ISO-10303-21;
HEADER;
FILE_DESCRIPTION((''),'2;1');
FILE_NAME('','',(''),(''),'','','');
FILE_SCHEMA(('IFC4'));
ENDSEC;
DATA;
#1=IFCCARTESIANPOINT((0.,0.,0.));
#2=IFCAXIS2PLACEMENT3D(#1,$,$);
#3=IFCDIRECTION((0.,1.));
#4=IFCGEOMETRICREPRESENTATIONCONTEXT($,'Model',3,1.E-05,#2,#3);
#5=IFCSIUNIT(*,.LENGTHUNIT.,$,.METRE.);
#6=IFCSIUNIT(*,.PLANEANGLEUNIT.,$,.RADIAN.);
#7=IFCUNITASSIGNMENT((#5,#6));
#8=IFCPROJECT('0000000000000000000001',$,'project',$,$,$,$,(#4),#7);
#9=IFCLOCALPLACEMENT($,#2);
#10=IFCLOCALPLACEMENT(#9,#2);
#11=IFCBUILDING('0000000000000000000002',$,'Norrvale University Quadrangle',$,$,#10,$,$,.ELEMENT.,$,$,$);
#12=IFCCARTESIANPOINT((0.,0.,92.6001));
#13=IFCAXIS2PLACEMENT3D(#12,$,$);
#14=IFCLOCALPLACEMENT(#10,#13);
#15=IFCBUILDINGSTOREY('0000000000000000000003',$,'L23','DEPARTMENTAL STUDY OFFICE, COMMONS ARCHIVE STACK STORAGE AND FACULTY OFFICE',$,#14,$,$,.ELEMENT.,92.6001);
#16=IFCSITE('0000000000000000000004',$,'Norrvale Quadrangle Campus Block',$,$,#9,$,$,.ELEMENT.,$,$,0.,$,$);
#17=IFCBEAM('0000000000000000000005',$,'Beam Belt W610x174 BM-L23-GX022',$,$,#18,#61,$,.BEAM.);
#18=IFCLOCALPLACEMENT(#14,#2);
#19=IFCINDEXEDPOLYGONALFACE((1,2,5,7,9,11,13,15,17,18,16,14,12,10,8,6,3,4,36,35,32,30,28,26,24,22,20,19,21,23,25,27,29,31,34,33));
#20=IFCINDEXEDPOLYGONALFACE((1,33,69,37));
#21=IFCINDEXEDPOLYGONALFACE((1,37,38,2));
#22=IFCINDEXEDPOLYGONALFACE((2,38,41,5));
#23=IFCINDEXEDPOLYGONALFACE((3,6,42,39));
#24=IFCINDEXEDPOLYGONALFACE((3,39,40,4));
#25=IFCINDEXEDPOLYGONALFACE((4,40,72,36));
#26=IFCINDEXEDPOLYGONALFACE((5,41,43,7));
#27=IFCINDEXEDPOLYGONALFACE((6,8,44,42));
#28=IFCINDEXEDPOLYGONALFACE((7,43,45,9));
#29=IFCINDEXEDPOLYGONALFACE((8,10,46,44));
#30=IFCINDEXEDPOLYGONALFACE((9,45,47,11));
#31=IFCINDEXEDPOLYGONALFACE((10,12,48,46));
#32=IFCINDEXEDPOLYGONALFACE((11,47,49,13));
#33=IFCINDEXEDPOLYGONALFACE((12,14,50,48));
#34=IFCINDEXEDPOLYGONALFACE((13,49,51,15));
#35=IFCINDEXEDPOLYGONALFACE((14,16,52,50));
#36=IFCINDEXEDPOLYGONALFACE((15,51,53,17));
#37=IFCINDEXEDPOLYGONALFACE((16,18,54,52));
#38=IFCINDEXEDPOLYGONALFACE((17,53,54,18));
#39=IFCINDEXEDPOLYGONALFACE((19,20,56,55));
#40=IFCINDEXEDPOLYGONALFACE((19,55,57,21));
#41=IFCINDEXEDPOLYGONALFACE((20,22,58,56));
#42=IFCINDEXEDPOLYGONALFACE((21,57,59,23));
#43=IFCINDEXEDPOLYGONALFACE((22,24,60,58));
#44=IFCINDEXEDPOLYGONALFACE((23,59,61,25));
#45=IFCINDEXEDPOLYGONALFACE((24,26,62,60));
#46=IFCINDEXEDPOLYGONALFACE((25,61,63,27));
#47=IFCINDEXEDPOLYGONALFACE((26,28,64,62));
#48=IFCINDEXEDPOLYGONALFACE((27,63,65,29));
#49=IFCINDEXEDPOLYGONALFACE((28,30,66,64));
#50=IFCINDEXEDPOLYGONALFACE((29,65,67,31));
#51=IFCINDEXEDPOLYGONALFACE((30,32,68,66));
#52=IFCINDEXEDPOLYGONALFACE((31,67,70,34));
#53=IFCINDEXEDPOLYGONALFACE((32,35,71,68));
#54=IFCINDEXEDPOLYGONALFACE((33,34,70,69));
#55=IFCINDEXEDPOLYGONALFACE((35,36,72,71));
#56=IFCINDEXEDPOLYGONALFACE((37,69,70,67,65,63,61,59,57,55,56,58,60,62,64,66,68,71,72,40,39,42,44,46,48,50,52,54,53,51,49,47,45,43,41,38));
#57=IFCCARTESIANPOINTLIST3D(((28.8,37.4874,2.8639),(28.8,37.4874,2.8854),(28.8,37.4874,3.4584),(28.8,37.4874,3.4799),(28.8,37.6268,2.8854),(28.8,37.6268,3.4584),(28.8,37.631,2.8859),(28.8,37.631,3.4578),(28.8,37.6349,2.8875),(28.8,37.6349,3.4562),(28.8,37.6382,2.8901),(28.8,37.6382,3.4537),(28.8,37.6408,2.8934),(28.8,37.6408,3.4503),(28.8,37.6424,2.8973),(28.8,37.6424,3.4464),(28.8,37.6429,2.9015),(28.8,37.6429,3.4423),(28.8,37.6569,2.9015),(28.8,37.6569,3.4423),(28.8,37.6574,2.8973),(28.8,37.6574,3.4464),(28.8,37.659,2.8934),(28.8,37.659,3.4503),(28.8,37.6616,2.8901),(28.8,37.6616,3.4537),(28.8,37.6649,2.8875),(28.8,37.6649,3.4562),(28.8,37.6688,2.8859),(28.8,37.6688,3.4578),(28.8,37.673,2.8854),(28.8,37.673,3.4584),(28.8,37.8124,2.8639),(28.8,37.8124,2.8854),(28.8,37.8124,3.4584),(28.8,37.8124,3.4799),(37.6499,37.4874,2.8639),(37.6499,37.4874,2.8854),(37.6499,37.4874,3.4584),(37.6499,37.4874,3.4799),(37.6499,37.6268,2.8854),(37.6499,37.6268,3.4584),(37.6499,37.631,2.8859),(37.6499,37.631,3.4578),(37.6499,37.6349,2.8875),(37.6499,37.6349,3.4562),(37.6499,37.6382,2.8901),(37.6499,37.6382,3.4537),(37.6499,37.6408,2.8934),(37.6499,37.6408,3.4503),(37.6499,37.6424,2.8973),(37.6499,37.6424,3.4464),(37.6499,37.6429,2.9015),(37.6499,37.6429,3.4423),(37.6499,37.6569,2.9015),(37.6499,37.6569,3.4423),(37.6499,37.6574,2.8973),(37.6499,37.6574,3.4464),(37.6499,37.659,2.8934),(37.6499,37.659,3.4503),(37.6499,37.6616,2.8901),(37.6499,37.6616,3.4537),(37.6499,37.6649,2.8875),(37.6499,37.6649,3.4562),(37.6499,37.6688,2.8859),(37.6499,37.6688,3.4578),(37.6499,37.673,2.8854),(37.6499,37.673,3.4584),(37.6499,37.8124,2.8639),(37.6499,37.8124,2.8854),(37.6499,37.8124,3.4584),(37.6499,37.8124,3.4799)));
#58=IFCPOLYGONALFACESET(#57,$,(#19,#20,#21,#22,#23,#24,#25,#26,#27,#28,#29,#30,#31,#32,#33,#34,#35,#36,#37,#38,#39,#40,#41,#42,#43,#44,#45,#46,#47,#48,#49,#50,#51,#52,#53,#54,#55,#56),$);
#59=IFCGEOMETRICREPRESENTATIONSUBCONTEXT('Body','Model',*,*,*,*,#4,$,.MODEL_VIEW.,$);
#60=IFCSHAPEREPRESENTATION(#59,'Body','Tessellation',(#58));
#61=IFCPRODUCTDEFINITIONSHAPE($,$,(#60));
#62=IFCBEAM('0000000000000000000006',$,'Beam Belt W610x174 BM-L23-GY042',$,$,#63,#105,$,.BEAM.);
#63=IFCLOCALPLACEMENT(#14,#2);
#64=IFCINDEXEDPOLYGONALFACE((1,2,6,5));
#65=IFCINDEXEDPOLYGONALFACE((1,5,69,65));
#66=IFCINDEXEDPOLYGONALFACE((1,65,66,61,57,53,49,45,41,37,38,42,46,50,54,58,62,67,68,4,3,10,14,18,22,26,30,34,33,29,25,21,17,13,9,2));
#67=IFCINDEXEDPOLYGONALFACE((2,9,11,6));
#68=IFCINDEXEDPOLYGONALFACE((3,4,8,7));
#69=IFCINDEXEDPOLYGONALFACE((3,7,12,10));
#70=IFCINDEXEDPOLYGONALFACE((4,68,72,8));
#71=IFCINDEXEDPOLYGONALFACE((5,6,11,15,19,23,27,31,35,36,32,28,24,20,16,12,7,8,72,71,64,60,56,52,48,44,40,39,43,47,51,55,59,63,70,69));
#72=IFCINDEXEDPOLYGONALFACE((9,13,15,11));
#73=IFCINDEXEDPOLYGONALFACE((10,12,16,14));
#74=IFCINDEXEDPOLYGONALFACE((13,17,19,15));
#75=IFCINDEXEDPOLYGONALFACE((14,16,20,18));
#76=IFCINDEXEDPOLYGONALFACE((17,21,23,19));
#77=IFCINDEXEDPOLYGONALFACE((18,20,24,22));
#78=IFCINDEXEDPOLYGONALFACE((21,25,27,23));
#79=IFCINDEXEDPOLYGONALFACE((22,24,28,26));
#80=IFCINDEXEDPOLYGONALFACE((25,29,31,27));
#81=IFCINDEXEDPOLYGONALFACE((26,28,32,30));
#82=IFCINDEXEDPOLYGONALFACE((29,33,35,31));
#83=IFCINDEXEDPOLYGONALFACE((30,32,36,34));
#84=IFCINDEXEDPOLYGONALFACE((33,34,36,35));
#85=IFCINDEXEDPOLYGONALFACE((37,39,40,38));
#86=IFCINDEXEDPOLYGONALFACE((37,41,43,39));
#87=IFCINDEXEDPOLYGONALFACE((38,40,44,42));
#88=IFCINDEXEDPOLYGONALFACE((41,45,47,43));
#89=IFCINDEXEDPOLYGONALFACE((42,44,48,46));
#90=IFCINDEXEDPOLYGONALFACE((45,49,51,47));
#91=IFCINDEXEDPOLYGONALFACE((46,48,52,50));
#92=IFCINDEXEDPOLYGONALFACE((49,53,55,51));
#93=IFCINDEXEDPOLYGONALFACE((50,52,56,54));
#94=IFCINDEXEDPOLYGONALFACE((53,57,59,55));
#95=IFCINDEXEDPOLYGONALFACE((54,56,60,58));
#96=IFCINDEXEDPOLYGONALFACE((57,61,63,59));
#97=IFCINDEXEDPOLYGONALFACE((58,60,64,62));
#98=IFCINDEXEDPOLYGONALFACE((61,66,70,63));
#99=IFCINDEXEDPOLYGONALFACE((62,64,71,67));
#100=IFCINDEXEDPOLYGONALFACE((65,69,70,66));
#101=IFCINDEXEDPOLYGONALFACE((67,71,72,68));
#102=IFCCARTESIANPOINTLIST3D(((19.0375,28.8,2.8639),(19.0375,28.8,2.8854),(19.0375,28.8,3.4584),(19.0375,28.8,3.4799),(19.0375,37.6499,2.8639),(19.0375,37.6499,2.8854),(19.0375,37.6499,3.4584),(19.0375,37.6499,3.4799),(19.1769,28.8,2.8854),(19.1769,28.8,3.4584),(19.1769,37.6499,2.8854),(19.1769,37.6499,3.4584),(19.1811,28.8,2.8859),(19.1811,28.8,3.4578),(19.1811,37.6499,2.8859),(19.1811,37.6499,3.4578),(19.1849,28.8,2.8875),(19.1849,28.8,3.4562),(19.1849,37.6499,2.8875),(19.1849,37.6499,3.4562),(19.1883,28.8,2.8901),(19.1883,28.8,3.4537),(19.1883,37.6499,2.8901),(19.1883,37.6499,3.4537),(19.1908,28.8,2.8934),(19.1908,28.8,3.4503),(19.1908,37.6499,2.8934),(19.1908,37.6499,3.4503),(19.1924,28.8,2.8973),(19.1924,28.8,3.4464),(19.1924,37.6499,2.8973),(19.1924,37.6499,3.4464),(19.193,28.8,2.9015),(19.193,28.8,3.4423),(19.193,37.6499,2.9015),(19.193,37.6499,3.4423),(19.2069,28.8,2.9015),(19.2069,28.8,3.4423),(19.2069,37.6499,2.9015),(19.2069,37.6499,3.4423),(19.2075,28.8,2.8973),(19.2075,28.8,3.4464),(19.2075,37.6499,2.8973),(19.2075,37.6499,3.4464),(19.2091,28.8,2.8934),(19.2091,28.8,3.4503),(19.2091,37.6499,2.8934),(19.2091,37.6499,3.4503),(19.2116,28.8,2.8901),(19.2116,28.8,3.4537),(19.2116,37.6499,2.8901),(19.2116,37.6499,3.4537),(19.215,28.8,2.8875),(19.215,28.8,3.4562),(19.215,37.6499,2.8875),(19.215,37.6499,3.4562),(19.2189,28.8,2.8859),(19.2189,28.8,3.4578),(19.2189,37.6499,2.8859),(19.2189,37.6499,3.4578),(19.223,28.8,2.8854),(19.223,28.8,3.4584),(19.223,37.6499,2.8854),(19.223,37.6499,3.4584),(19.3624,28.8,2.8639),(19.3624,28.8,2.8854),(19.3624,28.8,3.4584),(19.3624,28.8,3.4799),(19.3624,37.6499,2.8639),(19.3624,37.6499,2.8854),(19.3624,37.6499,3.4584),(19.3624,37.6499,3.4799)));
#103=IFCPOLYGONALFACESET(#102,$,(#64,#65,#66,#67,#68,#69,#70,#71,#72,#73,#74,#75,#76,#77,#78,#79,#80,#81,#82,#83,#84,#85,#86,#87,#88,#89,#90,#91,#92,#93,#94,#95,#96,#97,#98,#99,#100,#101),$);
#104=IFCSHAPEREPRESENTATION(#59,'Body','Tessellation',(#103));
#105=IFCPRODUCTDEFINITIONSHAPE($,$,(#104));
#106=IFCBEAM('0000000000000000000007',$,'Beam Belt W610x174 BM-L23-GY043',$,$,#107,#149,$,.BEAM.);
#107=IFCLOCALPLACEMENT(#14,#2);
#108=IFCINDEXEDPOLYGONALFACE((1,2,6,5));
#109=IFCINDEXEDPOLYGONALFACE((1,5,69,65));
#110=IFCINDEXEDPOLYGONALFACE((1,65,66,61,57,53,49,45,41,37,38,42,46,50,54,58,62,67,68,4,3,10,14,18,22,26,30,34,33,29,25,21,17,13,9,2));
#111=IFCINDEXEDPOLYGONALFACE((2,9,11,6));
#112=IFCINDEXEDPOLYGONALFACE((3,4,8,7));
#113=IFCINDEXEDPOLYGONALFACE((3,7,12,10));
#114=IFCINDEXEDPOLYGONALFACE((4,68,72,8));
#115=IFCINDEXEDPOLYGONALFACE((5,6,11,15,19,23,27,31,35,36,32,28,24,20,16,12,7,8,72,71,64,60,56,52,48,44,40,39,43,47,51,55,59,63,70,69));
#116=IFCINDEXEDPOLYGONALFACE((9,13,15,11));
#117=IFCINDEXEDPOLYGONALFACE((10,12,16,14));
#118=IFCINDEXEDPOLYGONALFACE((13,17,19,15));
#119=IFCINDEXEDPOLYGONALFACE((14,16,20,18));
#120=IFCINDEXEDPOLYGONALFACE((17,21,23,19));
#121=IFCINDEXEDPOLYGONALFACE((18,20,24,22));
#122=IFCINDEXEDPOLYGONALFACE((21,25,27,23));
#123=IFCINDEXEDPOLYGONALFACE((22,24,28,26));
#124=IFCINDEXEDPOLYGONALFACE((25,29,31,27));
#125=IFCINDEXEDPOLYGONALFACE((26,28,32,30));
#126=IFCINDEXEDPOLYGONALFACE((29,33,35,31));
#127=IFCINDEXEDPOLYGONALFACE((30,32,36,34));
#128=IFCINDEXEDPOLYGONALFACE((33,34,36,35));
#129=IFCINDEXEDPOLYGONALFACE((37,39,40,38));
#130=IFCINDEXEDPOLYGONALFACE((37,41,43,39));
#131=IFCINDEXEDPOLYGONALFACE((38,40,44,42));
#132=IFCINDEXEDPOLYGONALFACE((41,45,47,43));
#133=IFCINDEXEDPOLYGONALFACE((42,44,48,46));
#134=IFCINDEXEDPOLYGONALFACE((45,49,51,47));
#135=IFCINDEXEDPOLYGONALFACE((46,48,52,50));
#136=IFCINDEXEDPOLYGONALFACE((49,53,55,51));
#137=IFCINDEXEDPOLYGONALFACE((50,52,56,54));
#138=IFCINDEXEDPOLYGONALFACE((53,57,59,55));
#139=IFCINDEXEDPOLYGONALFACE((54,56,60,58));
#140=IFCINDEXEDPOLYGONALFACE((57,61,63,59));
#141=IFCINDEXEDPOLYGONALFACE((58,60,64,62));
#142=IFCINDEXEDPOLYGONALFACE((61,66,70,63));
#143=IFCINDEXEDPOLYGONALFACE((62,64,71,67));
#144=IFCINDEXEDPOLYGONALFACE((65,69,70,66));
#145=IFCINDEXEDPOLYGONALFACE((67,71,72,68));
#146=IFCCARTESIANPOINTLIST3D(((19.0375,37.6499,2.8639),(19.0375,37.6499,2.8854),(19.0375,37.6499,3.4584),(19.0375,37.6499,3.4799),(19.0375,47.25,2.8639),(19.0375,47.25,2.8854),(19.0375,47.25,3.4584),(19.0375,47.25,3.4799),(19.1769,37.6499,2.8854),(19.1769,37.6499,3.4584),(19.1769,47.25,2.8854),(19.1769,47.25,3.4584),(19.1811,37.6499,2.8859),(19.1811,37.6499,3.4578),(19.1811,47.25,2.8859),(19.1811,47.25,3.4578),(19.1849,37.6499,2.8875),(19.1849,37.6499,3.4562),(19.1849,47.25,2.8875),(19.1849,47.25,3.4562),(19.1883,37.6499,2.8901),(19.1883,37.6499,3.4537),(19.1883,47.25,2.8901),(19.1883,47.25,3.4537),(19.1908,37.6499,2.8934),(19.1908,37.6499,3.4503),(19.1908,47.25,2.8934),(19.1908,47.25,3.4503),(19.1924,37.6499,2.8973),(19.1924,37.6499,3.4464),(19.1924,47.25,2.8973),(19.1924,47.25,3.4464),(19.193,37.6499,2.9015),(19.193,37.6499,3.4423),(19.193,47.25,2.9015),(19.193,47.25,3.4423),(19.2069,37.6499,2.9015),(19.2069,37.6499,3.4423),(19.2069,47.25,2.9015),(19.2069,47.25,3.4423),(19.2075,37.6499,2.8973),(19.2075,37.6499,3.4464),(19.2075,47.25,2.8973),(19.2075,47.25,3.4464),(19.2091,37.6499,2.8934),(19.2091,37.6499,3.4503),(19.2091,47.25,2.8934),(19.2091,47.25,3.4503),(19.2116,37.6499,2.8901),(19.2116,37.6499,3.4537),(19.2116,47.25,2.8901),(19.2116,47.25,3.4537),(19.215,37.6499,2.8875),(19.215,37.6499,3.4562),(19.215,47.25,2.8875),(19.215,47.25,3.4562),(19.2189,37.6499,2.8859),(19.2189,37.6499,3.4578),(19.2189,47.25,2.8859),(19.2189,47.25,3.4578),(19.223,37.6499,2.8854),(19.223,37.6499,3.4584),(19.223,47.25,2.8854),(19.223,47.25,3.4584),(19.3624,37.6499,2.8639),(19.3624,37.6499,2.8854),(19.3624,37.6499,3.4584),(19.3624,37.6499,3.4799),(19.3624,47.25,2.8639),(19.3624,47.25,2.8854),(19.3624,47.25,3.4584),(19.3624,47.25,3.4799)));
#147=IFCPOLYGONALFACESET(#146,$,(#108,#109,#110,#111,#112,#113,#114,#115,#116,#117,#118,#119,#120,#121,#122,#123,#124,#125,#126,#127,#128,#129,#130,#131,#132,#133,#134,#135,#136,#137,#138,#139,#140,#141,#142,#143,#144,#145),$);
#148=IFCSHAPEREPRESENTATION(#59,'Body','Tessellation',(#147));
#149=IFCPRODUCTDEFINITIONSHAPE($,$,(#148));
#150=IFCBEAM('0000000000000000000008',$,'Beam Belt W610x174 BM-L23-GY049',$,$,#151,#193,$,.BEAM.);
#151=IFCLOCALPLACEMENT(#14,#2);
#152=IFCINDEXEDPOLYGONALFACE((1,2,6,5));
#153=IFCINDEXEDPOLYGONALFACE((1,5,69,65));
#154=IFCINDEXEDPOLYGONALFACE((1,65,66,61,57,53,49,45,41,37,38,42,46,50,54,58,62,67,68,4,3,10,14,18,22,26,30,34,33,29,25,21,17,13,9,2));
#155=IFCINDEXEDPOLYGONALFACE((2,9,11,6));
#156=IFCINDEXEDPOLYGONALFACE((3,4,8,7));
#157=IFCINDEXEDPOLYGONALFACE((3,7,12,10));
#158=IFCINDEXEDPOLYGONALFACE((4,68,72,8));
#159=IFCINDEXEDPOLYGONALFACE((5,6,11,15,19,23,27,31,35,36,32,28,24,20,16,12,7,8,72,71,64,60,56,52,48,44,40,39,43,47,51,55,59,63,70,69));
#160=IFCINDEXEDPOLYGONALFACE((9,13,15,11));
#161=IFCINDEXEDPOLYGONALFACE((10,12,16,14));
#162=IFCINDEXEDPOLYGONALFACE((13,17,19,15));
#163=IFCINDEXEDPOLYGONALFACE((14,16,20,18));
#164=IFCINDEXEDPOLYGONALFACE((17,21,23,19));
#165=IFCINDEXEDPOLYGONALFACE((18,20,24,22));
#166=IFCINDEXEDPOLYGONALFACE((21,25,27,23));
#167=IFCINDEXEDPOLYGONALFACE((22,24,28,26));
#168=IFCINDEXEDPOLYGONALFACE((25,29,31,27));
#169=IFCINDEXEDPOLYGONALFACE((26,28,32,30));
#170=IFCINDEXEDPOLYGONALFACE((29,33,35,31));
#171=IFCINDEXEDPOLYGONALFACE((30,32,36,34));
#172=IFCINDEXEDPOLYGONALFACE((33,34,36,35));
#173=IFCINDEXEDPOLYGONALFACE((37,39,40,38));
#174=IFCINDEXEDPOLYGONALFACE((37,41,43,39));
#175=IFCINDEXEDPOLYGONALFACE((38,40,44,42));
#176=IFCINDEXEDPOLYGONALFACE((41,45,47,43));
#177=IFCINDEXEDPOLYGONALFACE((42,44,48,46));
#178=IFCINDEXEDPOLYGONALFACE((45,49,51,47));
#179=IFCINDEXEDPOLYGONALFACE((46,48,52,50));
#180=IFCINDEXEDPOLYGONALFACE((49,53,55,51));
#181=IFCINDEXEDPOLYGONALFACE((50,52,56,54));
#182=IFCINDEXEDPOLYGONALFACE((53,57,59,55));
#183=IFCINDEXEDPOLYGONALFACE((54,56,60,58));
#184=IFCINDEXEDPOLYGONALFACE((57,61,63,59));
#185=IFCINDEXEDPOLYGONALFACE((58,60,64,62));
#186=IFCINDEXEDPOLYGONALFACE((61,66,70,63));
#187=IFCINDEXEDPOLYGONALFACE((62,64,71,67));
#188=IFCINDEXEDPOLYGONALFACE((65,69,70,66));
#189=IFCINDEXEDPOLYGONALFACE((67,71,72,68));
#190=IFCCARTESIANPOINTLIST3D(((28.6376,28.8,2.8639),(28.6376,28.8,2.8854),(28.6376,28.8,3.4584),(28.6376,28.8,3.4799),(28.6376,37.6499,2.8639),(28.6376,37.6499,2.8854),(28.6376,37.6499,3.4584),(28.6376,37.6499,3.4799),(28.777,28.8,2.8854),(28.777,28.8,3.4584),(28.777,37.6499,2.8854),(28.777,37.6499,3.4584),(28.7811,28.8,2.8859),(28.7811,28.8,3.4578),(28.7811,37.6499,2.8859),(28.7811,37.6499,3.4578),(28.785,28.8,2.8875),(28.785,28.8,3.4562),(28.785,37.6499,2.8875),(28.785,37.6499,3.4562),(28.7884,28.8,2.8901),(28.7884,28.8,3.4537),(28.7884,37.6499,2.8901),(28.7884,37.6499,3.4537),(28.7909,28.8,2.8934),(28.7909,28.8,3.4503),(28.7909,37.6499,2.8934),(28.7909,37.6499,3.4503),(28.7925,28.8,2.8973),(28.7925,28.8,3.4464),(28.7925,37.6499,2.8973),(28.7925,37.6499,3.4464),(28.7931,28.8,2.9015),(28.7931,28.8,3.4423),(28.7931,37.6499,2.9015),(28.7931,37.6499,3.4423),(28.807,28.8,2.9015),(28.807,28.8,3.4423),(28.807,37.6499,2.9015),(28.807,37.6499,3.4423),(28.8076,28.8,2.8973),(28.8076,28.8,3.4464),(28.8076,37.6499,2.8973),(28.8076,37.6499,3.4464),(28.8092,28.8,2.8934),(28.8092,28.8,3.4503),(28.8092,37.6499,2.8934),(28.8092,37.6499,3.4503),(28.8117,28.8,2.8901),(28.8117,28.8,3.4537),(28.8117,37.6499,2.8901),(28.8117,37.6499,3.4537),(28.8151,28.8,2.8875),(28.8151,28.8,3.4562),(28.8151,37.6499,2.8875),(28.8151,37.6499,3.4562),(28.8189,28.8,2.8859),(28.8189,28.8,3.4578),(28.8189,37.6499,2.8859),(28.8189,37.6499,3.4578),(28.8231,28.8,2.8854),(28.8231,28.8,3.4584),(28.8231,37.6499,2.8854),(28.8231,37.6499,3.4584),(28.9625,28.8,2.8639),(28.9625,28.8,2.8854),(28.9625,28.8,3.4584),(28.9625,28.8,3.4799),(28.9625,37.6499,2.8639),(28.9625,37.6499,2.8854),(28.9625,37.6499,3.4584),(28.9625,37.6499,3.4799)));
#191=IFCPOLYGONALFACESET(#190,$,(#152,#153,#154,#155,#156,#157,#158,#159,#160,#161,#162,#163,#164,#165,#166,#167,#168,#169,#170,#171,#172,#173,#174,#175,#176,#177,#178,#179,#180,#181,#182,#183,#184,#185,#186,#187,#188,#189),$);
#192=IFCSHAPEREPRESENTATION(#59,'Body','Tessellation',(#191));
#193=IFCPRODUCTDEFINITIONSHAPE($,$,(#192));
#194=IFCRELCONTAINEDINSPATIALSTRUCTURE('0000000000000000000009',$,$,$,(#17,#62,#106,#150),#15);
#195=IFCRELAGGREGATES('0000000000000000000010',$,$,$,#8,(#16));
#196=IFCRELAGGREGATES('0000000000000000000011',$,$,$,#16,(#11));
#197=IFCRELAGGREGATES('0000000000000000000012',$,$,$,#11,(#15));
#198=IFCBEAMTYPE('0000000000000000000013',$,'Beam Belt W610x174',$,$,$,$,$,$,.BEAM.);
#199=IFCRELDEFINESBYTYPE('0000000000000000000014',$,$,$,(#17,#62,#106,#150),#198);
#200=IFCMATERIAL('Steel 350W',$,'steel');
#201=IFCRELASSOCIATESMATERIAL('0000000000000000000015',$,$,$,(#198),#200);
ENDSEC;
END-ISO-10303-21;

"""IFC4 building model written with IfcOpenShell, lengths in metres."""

from ifc_helpers import new_model, si_unit, direction, frame, origin, origin_2d, place, context, subcontext, project, spatial, i_section, extrude, material, material_profile, profile_set, type_object, element, save


model = new_model("IFC4")

# Units and contexts
model_context = context("Model", 3, precision=1e-05, world=origin(), true_north=direction((0.0, 1.0)))
body_context = subcontext(model_context, "Body", "Model", "MODEL_VIEW")
ifc_project = project(units=[si_unit("LENGTHUNIT", "METRE"), si_unit("PLANEANGLEUNIT", "RADIAN")], contexts=[model_context])

# Site, building, storey
site_placement = place(None, origin())
site = spatial("IfcSite", under=ifc_project, at=site_placement, Name="Norrvale Quadrangle Campus Block", CompositionType="ELEMENT", RefElevation=0.0)
building_placement = place(site_placement, origin())
building = spatial("IfcBuilding", under=site, at=building_placement, Name="Norrvale University Quadrangle", CompositionType="ELEMENT")
storey_placement = place(building_placement, frame((0.0, 0.0, 92.6001)))
storey = spatial("IfcBuildingStorey", under=building, at=storey_placement, Name="L23", Description="DEPARTMENTAL STUDY OFFICE, COMMONS ARCHIVE STACK STORAGE AND FACULTY OFFICE", CompositionType="ELEMENT", Elevation=92.6001)

# Beams
ifc_material_1 = material(Name="Steel 350W", Category="steel")
ifc_material_profile_1 = material_profile(ifc_material_1, i_section(OverallWidth=0.325, OverallDepth=0.616, WebThickness=0.0139, FlangeThickness=0.0215, FilletRadius=0.0161, at=origin_2d()), Name="Steel 350W")
ifc_profile_set_1 = profile_set([ifc_material_profile_1], Name="Steel 350W")
beam_type_1 = type_object("IfcBeamType", Name="Beam Belt W610x174", PredefinedType="BEAM", material=ifc_profile_set_1)
for number, where, z_axis, x_axis, name in (
    (1, (28.8, 37.6499, 3.1719), (1.0, 0.0, 0.0), (0.0, 1.0, 0.0), "Beam Belt W610x174 BM-L23-GX022"),
    (2, (19.2, 28.8, 3.1719), (0.0, 1.0, 0.0), (-1.0, 0.0, 0.0), "Beam Belt W610x174 BM-L23-GY042"),
):
    element("IfcBeam", number, at=place(storey_placement, frame(where, z_axis=z_axis, x_axis=x_axis)), inside=storey, type_object=beam_type_1, Name=name, PredefinedType="BEAM", context=body_context, shape_type="SweptSolid", body=[
        extrude(i_section(OverallWidth=0.325, OverallDepth=0.616, WebThickness=0.0139, FlangeThickness=0.0215, FilletRadius=0.0161, at=origin_2d()), origin(), (0.0, 0.0, 1.0), 8.8499),
    ])
beam_1_placement = place(storey_placement, frame((19.2, 37.6499, 3.1719), z_axis=(0.0, 1.0, 0.0), x_axis=(-1.0, 0.0, 0.0)))
element("IfcBeam", 3, at=beam_1_placement, inside=storey, type_object=beam_type_1, Name="Beam Belt W610x174 BM-L23-GY043", PredefinedType="BEAM", context=body_context, shape_type="SweptSolid", body=[
    extrude(i_section(OverallWidth=0.325, OverallDepth=0.616, WebThickness=0.0139, FlangeThickness=0.0215, FilletRadius=0.0161, at=origin_2d()), origin(), (0.0, 0.0, 1.0), 9.6001),
])
beam_2_placement = place(storey_placement, frame((28.8, 28.8, 3.1719), z_axis=(0.0, 1.0, 0.0), x_axis=(-1.0, 0.0, 0.0)))
element("IfcBeam", 4, at=beam_2_placement, inside=storey, type_object=beam_type_1, Name="Beam Belt W610x174 BM-L23-GY049", PredefinedType="BEAM", context=body_context, shape_type="SweptSolid", body=[
    extrude(i_section(OverallWidth=0.325, OverallDepth=0.616, WebThickness=0.0139, FlangeThickness=0.0215, FilletRadius=0.0161, at=origin_2d()), origin(), (0.0, 0.0, 1.0), 8.8499),
])

save(model, "model.ifc")
